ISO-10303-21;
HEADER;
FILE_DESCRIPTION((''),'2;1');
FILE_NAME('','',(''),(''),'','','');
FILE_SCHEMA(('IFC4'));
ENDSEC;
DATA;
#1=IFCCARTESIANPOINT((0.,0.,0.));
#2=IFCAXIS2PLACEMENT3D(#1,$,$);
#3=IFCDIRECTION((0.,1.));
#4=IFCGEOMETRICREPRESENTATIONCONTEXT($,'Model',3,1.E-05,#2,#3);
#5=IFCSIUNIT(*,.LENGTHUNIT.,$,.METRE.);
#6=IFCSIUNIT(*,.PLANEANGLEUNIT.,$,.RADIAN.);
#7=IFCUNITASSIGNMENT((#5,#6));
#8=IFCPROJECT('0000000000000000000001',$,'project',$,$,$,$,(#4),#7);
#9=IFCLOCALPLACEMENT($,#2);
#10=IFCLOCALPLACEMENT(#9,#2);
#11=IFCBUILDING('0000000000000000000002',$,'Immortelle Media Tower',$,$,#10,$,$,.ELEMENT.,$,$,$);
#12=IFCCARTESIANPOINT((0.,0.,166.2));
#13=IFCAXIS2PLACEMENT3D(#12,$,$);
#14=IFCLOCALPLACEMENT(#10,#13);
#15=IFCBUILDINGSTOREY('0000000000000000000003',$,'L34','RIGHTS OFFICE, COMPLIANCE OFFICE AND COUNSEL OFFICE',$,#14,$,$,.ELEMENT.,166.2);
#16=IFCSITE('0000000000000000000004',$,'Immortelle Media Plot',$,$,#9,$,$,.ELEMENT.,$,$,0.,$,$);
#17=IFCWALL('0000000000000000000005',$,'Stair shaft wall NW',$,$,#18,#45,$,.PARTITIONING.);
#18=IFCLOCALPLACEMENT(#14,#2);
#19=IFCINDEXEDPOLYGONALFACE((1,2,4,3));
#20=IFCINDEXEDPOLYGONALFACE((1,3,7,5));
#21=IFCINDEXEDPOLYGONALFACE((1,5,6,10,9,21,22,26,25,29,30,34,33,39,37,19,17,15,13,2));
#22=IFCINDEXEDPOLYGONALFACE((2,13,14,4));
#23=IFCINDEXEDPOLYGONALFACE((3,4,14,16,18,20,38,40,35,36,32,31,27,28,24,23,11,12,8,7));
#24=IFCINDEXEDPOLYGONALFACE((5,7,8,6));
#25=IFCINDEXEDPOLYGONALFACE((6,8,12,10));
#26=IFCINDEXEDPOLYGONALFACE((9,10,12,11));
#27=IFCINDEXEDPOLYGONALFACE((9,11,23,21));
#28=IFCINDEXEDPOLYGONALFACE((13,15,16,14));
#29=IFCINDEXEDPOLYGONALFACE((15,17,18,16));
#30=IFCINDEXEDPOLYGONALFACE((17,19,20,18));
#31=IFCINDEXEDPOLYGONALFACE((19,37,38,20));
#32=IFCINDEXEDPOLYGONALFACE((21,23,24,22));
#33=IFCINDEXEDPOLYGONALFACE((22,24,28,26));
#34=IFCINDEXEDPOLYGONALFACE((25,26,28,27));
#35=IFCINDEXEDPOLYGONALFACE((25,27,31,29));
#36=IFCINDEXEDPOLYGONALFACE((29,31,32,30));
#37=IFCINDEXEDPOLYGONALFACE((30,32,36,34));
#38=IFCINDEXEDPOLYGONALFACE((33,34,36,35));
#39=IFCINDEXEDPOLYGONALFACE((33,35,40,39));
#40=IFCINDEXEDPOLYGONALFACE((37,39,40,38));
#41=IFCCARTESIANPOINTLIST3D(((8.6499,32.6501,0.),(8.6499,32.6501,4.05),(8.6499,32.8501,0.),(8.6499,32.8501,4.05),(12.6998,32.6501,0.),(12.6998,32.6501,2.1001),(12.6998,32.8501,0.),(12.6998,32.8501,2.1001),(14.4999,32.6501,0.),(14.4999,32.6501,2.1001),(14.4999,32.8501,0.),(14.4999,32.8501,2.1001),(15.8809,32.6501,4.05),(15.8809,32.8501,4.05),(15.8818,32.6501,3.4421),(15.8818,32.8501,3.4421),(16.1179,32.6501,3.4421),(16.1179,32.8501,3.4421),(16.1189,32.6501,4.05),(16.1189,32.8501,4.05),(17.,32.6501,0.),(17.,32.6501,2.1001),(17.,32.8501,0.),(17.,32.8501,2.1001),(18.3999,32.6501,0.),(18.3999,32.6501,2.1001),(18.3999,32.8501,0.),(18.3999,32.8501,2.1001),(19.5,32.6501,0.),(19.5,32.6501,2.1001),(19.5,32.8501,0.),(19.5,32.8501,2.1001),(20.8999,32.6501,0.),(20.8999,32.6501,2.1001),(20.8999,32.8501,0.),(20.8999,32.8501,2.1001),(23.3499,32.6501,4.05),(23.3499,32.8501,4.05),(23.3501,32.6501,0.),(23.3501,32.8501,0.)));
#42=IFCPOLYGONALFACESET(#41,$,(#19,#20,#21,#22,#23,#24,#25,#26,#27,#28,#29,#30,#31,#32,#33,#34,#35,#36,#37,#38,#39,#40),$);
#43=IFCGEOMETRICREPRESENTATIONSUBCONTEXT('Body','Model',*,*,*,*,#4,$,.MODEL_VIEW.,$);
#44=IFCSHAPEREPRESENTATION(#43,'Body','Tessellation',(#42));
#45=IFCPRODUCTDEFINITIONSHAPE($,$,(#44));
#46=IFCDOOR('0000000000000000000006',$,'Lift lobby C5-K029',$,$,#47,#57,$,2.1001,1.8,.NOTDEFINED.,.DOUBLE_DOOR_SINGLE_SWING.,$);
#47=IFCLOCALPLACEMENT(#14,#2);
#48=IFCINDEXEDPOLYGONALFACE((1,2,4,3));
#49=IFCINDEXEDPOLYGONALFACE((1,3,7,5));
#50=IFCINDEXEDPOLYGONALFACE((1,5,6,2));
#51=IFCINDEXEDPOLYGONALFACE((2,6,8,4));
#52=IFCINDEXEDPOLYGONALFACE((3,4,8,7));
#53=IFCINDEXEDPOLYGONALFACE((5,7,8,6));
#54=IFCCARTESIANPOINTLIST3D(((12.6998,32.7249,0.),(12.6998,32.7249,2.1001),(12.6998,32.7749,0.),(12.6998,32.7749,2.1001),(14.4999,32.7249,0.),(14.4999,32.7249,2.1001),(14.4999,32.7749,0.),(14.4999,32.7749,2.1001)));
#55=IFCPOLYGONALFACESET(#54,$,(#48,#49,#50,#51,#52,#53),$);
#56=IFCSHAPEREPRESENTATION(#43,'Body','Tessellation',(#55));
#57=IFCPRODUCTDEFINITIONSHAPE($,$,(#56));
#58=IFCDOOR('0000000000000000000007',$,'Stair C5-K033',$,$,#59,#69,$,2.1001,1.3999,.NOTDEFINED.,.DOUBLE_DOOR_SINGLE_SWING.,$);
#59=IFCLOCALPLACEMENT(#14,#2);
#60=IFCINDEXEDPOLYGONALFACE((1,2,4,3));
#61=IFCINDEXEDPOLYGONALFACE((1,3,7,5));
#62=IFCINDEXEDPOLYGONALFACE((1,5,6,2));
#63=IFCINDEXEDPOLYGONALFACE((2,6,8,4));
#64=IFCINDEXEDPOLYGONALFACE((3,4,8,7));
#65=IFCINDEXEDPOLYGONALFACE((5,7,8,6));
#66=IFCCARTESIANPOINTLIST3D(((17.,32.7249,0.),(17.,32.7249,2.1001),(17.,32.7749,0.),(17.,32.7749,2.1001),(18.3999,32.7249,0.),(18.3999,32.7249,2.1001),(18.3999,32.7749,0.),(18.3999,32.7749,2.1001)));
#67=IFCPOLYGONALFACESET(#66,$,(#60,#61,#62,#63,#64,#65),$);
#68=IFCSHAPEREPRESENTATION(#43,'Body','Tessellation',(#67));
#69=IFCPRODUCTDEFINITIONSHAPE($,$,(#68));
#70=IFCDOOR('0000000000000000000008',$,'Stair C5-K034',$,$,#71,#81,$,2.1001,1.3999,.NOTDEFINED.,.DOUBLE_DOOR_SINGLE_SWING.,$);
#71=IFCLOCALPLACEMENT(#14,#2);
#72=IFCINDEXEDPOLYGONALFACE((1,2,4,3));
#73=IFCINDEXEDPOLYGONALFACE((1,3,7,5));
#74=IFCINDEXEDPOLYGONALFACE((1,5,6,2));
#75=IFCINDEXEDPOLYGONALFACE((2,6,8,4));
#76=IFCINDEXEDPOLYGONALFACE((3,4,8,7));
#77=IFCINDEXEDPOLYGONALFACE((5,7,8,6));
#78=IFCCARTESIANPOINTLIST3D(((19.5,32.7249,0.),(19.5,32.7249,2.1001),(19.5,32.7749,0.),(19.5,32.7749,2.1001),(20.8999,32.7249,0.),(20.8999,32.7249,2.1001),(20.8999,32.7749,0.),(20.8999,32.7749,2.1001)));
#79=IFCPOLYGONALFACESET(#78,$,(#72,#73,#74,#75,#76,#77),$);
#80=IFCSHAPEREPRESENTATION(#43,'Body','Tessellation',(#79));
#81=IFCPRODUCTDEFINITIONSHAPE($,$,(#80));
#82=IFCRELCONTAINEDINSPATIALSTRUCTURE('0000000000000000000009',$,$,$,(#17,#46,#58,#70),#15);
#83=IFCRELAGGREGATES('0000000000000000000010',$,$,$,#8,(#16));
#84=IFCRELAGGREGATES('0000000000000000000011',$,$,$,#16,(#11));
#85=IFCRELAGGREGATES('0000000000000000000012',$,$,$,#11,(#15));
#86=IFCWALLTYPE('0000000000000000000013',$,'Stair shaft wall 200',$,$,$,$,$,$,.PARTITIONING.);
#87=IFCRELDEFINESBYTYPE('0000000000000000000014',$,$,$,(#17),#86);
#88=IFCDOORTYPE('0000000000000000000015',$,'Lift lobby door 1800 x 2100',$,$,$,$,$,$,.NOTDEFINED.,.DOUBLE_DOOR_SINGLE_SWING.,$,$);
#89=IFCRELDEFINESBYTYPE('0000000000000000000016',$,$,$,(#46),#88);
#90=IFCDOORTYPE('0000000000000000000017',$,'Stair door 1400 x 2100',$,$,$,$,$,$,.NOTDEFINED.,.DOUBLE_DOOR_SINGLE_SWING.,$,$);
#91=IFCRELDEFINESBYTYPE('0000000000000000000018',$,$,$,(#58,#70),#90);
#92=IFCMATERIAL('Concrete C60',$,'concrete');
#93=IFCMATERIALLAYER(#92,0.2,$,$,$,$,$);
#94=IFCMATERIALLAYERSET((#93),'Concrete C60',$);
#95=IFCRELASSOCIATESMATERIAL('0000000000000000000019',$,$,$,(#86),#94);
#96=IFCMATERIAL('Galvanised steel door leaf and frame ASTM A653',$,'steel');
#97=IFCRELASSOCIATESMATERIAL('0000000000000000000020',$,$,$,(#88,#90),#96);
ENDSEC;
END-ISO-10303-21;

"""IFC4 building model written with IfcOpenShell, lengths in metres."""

from ifc_helpers import new_model, si_unit, direction, frame, frame_2d, origin, place, context, subcontext, project, spatial, polyline, rectangle, outline, extrude, material, layer, layer_set, type_object, element, fill, save


model = new_model("IFC4")

# Units and contexts
model_context = context("Model", 3, precision=1e-05, world=origin(), true_north=direction((0.0, 1.0)))
body_context = subcontext(model_context, "Body", "Model", "MODEL_VIEW")
ifc_project = project(units=[si_unit("LENGTHUNIT", "METRE"), si_unit("PLANEANGLEUNIT", "RADIAN")], contexts=[model_context])

# Site, building, storey
site_placement = place(None, origin())
site = spatial("IfcSite", under=ifc_project, at=site_placement, Name="Immortelle Media Plot", CompositionType="ELEMENT", RefElevation=0.0)
building_placement = place(site_placement, origin())
building = spatial("IfcBuilding", under=site, at=building_placement, Name="Immortelle Media Tower", CompositionType="ELEMENT")
storey_placement = place(building_placement, frame((0.0, 0.0, 166.2)))
storey = spatial("IfcBuildingStorey", under=building, at=storey_placement, Name="L34", Description="RIGHTS OFFICE, COMPLIANCE OFFICE AND COUNSEL OFFICE", CompositionType="ELEMENT", Elevation=166.2)

# Shared definitions
ifc_material_1 = material(Name="Galvanised steel door leaf and frame ASTM A653", Category="steel")

# Wall, openings, doors
ifc_material_2 = material(Name="Concrete C60", Category="concrete")
ifc_layer_1 = layer(ifc_material_2, 0.2)
ifc_layer_set_1 = layer_set([ifc_layer_1], Name="Concrete C60")
wall_type_1 = type_object("IfcWallType", Name="Stair shaft wall 200", PredefinedType="PARTITIONING", material=ifc_layer_set_1)
wall_1_placement = place(storey_placement, frame((8.6499, 32.75, 0.0), z_axis=(0.0, 0.0, 1.0), x_axis=(1.0, 0.0, 0.0)))
wall_1 = element("IfcWall", 1, at=wall_1_placement, inside=storey, type_object=wall_type_1, Name="Stair shaft wall NW", PredefinedType="PARTITIONING", context=body_context, shape_type="SweptSolid", body=[
    extrude(outline(polyline([(0.0, 0.0), (14.7002, 0.0), (14.7, 4.05), (7.469, 4.05), (7.468, 3.4421), (7.2319, 3.4421), (7.231, 4.05), (0.0, 4.05), (0.0, 0.0)])), frame((0.0, 0.1001, 0.0), z_axis=(0.0, -1.0, 0.0), x_axis=(1.0, 0.0, 0.0)), (0.0, 0.0, 1.0), 0.2),
])
opening_1_placement = place(wall_1_placement, frame((4.05, 0.0, 0.0)))
opening_1 = element("IfcOpeningElement", 2, at=opening_1_placement, cuts=wall_1, PredefinedType="OPENING", context=body_context, shape_type="SweptSolid", body=[
    extrude(rectangle(XDim=1.8, YDim=2.1001, at=frame_2d((0.8999, 1.05))), frame((0.0, 0.1099, 0.0), z_axis=(0.0, -1.0, 0.0), x_axis=(1.0, 0.0, 0.0)), (0.0, 0.0, 1.0), 0.22),
])
opening_2_placement = place(wall_1_placement, frame((8.3501, 0.0, 0.0)))
opening_2 = element("IfcOpeningElement", 3, at=opening_2_placement, cuts=wall_1, PredefinedType="OPENING", context=body_context, shape_type="SweptSolid", body=[
    extrude(rectangle(XDim=1.3999, YDim=2.1001, at=frame_2d((0.7, 1.05))), frame((0.0, 0.1099, 0.0), z_axis=(0.0, -1.0, 0.0), x_axis=(1.0, 0.0, 0.0)), (0.0, 0.0, 1.0), 0.22),
])
opening_3_placement = place(wall_1_placement, frame((10.8501, 0.0, 0.0)))
opening_3 = element("IfcOpeningElement", 4, at=opening_3_placement, cuts=wall_1, PredefinedType="OPENING", context=body_context, shape_type="SweptSolid", body=[
    extrude(rectangle(XDim=1.3999, YDim=2.1001, at=frame_2d((0.7, 1.05))), frame((0.0, 0.1099, 0.0), z_axis=(0.0, -1.0, 0.0), x_axis=(1.0, 0.0, 0.0)), (0.0, 0.0, 1.0), 0.22),
])
door_type_1 = type_object("IfcDoorType", Name="Lift lobby door 1800 x 2100", OperationType="DOUBLE_DOOR_SINGLE_SWING", PredefinedType="NOTDEFINED", material=ifc_material_1)
door_1_placement = place(opening_1_placement, origin())
door_1 = element("IfcDoor", 5, at=door_1_placement, inside=storey, type_object=door_type_1, Name="Lift lobby C5-K029", OperationType="DOUBLE_DOOR_SINGLE_SWING", OverallHeight=2.1001, OverallWidth=1.8, PredefinedType="NOTDEFINED", context=body_context, shape_type="SweptSolid", body=[
    extrude(rectangle(XDim=1.8, YDim=2.1001, at=frame_2d((0.8999, 1.05))), frame((0.0, 0.0249, 0.0), z_axis=(0.0, -1.0, 0.0), x_axis=(1.0, 0.0, 0.0)), (0.0, 0.0, 1.0), 0.05),
])
fill(opening_1, door_1)
door_type_2 = type_object("IfcDoorType", Name="Stair door 1400 x 2100", OperationType="DOUBLE_DOOR_SINGLE_SWING", PredefinedType="NOTDEFINED", material=ifc_material_1)
door_2_placement = place(opening_2_placement, origin())
door_2 = element("IfcDoor", 6, at=door_2_placement, inside=storey, type_object=door_type_2, Name="Stair C5-K033", OperationType="DOUBLE_DOOR_SINGLE_SWING", OverallHeight=2.1001, OverallWidth=1.3999, PredefinedType="NOTDEFINED", context=body_context, shape_type="SweptSolid", body=[
    extrude(rectangle(XDim=1.3999, YDim=2.1001, at=frame_2d((0.7, 1.05))), frame((0.0, 0.0249, 0.0), z_axis=(0.0, -1.0, 0.0), x_axis=(1.0, 0.0, 0.0)), (0.0, 0.0, 1.0), 0.05),
])
fill(opening_2, door_2)
door_3_placement = place(opening_3_placement, origin())
door_3 = element("IfcDoor", 7, at=door_3_placement, inside=storey, type_object=door_type_2, Name="Stair C5-K034", OperationType="DOUBLE_DOOR_SINGLE_SWING", OverallHeight=2.1001, OverallWidth=1.3999, PredefinedType="NOTDEFINED", context=body_context, shape_type="SweptSolid", body=[
    extrude(rectangle(XDim=1.3999, YDim=2.1001, at=frame_2d((0.7, 1.05))), frame((0.0, 0.0249, 0.0), z_axis=(0.0, -1.0, 0.0), x_axis=(1.0, 0.0, 0.0)), (0.0, 0.0, 1.0), 0.05),
])
fill(opening_3, door_3)

save(model, "model.ifc")
